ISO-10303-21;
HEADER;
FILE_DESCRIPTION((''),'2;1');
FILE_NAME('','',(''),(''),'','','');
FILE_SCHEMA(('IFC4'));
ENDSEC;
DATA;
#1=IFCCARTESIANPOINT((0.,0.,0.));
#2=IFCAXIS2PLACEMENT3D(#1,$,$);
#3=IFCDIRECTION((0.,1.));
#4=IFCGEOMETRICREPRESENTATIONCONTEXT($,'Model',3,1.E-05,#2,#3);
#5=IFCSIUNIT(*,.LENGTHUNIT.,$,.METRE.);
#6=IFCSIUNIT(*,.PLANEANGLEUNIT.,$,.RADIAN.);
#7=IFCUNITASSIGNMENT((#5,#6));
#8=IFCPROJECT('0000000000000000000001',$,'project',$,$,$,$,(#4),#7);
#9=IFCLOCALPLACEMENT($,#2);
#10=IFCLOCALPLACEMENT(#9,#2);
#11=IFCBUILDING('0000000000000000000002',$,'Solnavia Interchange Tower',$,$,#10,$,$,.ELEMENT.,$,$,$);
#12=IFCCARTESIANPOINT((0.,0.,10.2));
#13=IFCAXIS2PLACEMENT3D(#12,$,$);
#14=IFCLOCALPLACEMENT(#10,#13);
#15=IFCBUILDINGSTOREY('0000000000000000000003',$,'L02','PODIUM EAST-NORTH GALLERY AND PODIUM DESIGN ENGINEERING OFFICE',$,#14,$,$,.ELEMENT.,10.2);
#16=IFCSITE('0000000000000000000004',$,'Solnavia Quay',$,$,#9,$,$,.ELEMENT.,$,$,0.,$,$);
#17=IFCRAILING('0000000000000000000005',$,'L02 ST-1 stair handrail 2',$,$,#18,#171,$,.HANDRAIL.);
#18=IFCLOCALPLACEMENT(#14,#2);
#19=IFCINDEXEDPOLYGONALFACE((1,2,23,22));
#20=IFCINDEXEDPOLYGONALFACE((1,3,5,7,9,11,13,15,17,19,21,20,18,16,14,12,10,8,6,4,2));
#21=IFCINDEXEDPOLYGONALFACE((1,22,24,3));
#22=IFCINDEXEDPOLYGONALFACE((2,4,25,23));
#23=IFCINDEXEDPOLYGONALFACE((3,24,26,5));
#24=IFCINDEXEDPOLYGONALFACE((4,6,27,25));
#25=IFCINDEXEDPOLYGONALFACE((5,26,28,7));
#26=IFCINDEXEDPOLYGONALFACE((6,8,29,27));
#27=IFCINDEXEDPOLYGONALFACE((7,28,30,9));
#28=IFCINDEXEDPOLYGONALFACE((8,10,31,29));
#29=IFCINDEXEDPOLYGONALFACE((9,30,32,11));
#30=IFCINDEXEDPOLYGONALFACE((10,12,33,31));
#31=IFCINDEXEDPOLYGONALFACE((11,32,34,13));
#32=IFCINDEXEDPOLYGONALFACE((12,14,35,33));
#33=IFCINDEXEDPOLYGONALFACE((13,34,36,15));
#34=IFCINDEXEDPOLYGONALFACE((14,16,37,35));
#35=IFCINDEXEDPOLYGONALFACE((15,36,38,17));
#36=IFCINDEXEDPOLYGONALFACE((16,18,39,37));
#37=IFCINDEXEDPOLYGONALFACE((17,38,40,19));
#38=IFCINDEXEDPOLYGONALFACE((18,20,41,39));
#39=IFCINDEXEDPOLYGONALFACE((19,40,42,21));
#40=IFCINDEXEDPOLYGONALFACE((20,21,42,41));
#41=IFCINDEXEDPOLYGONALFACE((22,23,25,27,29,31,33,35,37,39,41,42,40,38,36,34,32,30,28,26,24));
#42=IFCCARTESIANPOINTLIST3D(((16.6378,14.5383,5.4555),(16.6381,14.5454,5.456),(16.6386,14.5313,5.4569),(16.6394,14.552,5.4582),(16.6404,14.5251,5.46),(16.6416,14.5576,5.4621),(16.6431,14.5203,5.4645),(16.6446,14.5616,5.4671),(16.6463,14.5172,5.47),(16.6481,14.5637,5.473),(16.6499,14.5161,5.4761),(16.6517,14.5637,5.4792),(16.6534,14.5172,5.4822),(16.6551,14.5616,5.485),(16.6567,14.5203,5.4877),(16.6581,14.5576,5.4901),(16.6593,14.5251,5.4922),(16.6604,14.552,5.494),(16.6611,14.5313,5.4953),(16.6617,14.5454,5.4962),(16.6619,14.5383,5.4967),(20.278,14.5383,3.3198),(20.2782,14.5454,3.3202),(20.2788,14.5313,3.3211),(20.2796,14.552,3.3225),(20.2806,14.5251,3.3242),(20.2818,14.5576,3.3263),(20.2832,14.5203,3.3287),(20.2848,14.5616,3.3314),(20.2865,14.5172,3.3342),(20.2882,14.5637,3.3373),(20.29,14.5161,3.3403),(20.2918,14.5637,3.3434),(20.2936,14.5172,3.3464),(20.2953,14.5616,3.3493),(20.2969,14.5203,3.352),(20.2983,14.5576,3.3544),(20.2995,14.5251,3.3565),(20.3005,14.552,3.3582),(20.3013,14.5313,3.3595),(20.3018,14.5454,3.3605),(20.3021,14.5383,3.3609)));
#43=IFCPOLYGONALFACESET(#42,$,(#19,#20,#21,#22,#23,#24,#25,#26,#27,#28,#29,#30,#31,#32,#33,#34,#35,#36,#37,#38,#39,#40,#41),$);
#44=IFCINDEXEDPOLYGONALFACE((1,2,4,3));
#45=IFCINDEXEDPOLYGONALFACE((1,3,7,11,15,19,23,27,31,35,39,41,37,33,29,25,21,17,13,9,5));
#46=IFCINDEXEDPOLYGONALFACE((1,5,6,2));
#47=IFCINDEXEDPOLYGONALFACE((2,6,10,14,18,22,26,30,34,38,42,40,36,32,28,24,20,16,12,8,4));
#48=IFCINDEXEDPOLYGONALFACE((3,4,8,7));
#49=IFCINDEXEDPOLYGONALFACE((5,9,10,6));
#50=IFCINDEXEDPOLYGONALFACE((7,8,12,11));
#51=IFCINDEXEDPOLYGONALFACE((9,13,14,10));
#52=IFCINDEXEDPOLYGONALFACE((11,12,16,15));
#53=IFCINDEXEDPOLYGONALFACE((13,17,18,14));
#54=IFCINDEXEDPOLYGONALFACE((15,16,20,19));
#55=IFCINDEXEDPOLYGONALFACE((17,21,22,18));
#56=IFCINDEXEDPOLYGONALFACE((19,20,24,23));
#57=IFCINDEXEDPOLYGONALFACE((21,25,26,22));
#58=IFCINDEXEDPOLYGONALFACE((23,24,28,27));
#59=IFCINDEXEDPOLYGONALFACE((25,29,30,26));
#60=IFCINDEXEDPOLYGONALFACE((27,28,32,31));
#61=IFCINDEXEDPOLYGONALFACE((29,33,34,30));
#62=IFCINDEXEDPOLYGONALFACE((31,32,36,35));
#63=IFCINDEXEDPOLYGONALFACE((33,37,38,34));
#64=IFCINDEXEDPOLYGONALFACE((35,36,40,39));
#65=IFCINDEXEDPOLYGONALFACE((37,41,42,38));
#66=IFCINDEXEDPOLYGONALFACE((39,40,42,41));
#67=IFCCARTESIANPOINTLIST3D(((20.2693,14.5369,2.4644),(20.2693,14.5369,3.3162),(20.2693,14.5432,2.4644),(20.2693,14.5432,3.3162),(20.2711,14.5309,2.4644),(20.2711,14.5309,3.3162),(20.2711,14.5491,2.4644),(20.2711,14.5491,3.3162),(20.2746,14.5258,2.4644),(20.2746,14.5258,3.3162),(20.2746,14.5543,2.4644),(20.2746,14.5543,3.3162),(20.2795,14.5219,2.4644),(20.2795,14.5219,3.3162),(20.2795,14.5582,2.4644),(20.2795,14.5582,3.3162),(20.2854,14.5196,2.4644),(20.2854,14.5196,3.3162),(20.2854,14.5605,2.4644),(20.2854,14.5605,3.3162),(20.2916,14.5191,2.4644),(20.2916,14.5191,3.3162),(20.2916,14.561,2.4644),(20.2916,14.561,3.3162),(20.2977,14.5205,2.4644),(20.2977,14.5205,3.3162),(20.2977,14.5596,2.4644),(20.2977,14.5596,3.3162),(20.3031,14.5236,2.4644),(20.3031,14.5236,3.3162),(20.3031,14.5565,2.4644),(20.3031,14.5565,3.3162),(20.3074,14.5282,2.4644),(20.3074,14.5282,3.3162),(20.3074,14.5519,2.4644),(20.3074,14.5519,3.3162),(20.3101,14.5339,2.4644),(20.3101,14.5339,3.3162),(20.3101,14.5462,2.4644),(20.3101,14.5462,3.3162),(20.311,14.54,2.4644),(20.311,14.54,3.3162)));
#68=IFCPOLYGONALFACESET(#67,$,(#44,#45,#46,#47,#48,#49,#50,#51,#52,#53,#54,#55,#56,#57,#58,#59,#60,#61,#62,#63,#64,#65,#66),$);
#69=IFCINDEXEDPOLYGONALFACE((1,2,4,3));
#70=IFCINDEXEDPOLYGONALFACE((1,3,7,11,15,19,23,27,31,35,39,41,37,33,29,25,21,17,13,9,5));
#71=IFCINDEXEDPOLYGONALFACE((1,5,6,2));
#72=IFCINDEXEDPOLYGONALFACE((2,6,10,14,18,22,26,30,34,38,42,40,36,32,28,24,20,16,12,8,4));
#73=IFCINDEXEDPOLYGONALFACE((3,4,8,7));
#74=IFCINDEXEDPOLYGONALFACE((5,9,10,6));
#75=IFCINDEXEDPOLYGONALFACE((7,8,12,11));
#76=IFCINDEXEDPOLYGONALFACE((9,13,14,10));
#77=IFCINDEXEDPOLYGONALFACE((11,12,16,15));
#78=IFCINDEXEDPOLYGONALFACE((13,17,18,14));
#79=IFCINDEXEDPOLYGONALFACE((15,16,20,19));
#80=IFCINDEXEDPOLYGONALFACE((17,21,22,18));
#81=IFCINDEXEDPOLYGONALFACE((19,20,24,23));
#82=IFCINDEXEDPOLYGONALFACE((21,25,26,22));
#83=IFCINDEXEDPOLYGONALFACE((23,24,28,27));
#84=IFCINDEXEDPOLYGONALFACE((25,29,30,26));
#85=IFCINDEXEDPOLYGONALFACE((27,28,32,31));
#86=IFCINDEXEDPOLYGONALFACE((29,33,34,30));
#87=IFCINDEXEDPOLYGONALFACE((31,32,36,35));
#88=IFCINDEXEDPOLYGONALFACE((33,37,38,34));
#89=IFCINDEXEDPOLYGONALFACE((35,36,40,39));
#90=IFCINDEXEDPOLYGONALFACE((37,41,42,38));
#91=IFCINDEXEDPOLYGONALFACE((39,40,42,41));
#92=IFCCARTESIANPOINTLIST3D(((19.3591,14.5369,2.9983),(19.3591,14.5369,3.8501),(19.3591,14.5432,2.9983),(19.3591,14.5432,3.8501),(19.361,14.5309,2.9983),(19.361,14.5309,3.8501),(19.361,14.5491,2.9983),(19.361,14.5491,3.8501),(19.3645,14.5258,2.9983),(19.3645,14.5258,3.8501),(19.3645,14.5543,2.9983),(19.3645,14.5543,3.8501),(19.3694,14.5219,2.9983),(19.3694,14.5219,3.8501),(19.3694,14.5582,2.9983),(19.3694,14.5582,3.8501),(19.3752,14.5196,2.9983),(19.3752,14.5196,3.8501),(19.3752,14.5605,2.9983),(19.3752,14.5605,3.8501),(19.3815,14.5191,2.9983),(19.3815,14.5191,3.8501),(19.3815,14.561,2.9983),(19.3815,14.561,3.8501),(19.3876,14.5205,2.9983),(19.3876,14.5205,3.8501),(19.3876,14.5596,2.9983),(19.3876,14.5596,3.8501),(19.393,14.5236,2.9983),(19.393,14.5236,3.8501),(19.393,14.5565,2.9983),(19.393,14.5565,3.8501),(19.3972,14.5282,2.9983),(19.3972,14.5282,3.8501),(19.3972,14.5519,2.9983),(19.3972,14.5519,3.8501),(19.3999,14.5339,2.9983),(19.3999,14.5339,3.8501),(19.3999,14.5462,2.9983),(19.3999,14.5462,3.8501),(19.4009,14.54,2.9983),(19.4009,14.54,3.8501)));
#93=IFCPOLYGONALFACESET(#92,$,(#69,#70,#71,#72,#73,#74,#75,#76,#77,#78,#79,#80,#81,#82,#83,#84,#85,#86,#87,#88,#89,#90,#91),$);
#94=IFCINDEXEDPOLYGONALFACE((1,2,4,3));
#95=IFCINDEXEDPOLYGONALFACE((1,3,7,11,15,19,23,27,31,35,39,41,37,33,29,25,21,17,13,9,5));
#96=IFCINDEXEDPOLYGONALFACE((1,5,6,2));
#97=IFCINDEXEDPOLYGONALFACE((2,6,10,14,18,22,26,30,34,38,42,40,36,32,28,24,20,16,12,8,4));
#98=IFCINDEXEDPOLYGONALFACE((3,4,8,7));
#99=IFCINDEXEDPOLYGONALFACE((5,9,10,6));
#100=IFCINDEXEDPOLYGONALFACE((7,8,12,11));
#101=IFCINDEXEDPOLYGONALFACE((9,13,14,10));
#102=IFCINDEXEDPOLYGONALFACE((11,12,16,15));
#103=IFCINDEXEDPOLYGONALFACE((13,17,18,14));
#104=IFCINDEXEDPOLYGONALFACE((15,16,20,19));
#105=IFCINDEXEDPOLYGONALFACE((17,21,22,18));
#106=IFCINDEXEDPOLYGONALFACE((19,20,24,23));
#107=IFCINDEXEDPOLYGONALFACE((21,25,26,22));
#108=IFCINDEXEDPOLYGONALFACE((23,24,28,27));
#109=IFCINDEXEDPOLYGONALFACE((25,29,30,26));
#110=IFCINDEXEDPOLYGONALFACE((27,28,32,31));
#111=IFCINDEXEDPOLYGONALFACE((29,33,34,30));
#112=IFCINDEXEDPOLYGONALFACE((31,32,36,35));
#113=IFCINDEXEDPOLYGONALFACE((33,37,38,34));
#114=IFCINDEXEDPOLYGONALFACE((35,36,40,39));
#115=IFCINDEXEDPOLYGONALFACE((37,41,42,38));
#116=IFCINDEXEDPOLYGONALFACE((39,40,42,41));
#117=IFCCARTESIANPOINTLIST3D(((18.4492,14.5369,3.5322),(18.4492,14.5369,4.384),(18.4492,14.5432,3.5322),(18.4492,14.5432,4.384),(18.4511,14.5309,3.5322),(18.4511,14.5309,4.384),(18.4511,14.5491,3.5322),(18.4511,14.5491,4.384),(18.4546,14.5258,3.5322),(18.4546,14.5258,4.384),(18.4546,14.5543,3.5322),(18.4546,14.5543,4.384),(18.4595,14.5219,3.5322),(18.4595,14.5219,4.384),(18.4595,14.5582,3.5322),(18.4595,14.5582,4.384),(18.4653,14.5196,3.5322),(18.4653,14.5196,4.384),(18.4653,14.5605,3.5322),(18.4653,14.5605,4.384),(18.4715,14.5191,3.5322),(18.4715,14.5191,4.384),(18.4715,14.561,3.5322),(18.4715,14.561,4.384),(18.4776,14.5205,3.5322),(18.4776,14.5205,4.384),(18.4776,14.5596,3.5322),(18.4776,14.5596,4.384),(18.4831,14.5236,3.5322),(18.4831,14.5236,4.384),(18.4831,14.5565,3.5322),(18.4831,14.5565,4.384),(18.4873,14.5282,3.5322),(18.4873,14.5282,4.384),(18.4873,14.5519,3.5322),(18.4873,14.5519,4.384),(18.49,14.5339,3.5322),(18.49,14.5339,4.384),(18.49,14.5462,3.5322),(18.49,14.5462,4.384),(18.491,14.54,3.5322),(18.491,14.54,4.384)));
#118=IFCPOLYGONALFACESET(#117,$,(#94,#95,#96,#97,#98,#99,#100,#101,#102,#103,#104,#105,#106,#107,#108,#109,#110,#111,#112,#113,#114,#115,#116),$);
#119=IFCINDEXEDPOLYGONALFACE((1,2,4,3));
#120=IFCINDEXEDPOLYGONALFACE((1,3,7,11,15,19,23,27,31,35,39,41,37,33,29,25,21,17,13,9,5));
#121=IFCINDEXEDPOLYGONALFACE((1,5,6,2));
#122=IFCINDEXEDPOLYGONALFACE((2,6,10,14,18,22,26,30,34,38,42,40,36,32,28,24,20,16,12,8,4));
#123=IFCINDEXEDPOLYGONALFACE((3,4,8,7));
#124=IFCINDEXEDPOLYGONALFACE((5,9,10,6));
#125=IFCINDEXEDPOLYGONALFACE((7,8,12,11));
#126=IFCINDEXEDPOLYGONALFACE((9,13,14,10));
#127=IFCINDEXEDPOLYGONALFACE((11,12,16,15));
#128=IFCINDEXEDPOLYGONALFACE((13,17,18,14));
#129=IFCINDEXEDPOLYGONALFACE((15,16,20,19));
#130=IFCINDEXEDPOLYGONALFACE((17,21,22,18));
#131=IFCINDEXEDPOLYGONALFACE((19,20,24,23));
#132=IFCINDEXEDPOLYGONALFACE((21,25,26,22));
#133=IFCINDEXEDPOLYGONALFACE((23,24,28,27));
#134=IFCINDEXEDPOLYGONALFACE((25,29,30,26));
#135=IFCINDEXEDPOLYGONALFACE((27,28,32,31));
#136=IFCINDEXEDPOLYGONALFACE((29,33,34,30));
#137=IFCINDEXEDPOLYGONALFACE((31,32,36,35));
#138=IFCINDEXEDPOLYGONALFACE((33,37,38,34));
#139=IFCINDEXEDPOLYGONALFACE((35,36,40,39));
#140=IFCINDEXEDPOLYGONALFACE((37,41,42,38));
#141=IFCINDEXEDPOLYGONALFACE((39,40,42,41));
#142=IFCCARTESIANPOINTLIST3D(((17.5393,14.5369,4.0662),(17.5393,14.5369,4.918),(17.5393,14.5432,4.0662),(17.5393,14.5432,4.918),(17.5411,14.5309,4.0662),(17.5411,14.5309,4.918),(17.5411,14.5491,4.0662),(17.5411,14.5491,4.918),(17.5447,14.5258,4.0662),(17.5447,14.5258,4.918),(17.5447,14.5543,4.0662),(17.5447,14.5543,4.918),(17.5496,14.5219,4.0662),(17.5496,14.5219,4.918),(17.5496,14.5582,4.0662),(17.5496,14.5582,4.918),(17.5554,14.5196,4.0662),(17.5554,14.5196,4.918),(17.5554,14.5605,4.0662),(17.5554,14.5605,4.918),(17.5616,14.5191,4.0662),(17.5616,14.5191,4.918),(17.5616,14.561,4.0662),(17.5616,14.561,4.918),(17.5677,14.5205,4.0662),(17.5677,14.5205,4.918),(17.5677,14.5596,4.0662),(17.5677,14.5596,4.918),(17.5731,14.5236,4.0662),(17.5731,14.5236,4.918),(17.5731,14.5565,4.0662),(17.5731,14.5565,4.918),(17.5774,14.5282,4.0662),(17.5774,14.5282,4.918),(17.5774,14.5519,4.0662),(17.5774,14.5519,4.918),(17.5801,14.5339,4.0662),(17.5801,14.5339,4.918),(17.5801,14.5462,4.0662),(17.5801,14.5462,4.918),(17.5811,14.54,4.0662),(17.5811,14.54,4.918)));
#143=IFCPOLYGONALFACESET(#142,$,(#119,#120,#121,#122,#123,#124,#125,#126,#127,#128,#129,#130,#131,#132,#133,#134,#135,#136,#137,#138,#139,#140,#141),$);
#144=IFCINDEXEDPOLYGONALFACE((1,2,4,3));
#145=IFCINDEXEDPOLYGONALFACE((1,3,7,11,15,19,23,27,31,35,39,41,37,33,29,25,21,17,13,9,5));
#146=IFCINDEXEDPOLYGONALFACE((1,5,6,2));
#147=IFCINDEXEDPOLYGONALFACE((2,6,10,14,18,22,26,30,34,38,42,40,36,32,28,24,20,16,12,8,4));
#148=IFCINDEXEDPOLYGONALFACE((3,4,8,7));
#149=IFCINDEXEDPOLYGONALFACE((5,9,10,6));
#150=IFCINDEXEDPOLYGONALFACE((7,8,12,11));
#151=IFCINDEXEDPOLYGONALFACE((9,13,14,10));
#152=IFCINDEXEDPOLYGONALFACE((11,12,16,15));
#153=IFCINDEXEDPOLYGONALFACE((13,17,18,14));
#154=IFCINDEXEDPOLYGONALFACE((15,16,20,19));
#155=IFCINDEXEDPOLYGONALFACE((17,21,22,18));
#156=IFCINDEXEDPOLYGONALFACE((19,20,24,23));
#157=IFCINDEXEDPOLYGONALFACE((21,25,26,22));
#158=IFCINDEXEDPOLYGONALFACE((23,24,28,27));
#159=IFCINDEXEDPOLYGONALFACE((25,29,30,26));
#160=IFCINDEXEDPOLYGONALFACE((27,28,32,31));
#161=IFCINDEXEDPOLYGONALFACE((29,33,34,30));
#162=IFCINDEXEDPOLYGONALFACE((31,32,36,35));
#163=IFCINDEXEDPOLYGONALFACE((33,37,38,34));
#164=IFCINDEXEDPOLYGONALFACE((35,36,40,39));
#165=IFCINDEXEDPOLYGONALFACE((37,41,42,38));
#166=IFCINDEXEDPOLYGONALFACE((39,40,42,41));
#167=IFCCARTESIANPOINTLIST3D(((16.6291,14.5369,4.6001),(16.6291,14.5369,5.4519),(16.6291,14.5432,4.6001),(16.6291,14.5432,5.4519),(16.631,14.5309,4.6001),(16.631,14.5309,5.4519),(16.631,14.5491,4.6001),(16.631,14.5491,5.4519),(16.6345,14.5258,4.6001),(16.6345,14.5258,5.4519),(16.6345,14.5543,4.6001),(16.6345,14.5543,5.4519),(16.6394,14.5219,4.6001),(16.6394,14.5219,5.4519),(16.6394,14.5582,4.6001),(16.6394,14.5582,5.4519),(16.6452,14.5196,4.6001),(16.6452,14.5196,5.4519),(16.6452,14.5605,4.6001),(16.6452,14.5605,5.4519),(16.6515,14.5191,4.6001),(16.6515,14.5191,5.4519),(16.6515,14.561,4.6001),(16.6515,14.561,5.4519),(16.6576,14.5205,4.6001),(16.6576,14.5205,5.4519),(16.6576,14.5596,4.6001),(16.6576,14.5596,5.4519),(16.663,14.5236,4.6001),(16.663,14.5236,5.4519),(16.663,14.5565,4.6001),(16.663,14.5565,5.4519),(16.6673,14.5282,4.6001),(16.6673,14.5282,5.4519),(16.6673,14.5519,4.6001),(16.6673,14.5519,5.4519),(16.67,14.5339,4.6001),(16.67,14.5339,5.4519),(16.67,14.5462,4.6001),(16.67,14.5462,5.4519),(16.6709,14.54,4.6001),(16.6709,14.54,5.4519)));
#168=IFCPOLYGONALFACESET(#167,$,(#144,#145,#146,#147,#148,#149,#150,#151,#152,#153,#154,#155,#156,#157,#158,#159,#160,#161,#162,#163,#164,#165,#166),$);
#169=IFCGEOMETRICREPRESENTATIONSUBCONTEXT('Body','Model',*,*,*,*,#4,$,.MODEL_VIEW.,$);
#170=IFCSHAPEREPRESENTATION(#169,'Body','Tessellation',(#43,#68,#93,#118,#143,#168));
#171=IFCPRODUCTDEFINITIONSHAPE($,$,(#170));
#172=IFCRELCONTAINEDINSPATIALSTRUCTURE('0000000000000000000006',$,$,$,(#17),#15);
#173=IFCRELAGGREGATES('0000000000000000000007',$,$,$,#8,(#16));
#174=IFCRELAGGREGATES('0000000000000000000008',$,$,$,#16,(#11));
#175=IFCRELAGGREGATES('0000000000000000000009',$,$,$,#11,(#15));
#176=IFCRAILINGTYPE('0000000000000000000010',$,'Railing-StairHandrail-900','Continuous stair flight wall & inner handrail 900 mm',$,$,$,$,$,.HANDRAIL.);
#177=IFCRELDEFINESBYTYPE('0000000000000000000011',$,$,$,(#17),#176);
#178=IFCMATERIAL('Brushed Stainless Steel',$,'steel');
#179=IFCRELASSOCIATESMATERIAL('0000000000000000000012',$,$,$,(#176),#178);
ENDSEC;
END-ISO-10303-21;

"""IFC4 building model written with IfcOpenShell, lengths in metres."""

from ifc_helpers import new_model, si_unit, direction, frame, origin, origin_2d, place, context, subcontext, project, spatial, circle, extrude, material, type_object, element, save


model = new_model("IFC4")

# Units and contexts
model_context = context("Model", 3, precision=1e-05, world=origin(), true_north=direction((0.0, 1.0)))
body_context = subcontext(model_context, "Body", "Model", "MODEL_VIEW")
ifc_project = project(units=[si_unit("LENGTHUNIT", "METRE"), si_unit("PLANEANGLEUNIT", "RADIAN")], contexts=[model_context])

# Site, building, storey
site_placement = place(None, origin())
site = spatial("IfcSite", under=ifc_project, at=site_placement, Name="Solnavia Quay", CompositionType="ELEMENT", RefElevation=0.0)
building_placement = place(site_placement, origin())
building = spatial("IfcBuilding", under=site, at=building_placement, Name="Solnavia Interchange Tower", CompositionType="ELEMENT")
storey_placement = place(building_placement, frame((0.0, 0.0, 10.2)))
storey = spatial("IfcBuildingStorey", under=building, at=storey_placement, Name="L02", Description="PODIUM EAST-NORTH GALLERY AND PODIUM DESIGN ENGINEERING OFFICE", CompositionType="ELEMENT", Elevation=10.2)

# Railing
ifc_material_1 = material(Name="Brushed Stainless Steel", Category="steel")
railing_type_1 = type_object("IfcRailingType", Name="Railing-StairHandrail-900", Description="Continuous stair flight wall & inner handrail 900 mm", PredefinedType="HANDRAIL", material=ifc_material_1)
railing_1_placement = place(storey_placement, frame((20.29, 14.54, 2.4644)))
element("IfcRailing", 1, at=railing_1_placement, inside=storey, type_object=railing_type_1, Name="L02 ST-1 stair handrail 2", PredefinedType="HANDRAIL", context=body_context, shape_type="SweptSolid", body=[
    extrude(circle(Radius=0.0239, at=origin_2d()), frame((0.0, 0.0, 0.876), z_axis=(-0.862505, 0.0, 0.506049), x_axis=(0.0, -1.0, 0.0)), (0.0, 0.0, 1.0), 4.2205),
    extrude(circle(Radius=0.021, at=origin_2d()), origin(), (0.0, 0.0, 1.0), 0.8518),
    extrude(circle(Radius=0.021, at=origin_2d()), frame((-0.9102, 0.0, 0.5339)), (0.0, 0.0, 1.0), 0.8518),
    extrude(circle(Radius=0.021, at=origin_2d()), frame((-1.8201, 0.0, 1.0679)), (0.0, 0.0, 1.0), 0.8518),
    extrude(circle(Radius=0.021, at=origin_2d()), frame((-2.73, 0.0, 1.6018)), (0.0, 0.0, 1.0), 0.8518),
    extrude(circle(Radius=0.021, at=origin_2d()), frame((-3.6401, 0.0, 2.1357)), (0.0, 0.0, 1.0), 0.8518),
])

save(model, "model.ifc")
